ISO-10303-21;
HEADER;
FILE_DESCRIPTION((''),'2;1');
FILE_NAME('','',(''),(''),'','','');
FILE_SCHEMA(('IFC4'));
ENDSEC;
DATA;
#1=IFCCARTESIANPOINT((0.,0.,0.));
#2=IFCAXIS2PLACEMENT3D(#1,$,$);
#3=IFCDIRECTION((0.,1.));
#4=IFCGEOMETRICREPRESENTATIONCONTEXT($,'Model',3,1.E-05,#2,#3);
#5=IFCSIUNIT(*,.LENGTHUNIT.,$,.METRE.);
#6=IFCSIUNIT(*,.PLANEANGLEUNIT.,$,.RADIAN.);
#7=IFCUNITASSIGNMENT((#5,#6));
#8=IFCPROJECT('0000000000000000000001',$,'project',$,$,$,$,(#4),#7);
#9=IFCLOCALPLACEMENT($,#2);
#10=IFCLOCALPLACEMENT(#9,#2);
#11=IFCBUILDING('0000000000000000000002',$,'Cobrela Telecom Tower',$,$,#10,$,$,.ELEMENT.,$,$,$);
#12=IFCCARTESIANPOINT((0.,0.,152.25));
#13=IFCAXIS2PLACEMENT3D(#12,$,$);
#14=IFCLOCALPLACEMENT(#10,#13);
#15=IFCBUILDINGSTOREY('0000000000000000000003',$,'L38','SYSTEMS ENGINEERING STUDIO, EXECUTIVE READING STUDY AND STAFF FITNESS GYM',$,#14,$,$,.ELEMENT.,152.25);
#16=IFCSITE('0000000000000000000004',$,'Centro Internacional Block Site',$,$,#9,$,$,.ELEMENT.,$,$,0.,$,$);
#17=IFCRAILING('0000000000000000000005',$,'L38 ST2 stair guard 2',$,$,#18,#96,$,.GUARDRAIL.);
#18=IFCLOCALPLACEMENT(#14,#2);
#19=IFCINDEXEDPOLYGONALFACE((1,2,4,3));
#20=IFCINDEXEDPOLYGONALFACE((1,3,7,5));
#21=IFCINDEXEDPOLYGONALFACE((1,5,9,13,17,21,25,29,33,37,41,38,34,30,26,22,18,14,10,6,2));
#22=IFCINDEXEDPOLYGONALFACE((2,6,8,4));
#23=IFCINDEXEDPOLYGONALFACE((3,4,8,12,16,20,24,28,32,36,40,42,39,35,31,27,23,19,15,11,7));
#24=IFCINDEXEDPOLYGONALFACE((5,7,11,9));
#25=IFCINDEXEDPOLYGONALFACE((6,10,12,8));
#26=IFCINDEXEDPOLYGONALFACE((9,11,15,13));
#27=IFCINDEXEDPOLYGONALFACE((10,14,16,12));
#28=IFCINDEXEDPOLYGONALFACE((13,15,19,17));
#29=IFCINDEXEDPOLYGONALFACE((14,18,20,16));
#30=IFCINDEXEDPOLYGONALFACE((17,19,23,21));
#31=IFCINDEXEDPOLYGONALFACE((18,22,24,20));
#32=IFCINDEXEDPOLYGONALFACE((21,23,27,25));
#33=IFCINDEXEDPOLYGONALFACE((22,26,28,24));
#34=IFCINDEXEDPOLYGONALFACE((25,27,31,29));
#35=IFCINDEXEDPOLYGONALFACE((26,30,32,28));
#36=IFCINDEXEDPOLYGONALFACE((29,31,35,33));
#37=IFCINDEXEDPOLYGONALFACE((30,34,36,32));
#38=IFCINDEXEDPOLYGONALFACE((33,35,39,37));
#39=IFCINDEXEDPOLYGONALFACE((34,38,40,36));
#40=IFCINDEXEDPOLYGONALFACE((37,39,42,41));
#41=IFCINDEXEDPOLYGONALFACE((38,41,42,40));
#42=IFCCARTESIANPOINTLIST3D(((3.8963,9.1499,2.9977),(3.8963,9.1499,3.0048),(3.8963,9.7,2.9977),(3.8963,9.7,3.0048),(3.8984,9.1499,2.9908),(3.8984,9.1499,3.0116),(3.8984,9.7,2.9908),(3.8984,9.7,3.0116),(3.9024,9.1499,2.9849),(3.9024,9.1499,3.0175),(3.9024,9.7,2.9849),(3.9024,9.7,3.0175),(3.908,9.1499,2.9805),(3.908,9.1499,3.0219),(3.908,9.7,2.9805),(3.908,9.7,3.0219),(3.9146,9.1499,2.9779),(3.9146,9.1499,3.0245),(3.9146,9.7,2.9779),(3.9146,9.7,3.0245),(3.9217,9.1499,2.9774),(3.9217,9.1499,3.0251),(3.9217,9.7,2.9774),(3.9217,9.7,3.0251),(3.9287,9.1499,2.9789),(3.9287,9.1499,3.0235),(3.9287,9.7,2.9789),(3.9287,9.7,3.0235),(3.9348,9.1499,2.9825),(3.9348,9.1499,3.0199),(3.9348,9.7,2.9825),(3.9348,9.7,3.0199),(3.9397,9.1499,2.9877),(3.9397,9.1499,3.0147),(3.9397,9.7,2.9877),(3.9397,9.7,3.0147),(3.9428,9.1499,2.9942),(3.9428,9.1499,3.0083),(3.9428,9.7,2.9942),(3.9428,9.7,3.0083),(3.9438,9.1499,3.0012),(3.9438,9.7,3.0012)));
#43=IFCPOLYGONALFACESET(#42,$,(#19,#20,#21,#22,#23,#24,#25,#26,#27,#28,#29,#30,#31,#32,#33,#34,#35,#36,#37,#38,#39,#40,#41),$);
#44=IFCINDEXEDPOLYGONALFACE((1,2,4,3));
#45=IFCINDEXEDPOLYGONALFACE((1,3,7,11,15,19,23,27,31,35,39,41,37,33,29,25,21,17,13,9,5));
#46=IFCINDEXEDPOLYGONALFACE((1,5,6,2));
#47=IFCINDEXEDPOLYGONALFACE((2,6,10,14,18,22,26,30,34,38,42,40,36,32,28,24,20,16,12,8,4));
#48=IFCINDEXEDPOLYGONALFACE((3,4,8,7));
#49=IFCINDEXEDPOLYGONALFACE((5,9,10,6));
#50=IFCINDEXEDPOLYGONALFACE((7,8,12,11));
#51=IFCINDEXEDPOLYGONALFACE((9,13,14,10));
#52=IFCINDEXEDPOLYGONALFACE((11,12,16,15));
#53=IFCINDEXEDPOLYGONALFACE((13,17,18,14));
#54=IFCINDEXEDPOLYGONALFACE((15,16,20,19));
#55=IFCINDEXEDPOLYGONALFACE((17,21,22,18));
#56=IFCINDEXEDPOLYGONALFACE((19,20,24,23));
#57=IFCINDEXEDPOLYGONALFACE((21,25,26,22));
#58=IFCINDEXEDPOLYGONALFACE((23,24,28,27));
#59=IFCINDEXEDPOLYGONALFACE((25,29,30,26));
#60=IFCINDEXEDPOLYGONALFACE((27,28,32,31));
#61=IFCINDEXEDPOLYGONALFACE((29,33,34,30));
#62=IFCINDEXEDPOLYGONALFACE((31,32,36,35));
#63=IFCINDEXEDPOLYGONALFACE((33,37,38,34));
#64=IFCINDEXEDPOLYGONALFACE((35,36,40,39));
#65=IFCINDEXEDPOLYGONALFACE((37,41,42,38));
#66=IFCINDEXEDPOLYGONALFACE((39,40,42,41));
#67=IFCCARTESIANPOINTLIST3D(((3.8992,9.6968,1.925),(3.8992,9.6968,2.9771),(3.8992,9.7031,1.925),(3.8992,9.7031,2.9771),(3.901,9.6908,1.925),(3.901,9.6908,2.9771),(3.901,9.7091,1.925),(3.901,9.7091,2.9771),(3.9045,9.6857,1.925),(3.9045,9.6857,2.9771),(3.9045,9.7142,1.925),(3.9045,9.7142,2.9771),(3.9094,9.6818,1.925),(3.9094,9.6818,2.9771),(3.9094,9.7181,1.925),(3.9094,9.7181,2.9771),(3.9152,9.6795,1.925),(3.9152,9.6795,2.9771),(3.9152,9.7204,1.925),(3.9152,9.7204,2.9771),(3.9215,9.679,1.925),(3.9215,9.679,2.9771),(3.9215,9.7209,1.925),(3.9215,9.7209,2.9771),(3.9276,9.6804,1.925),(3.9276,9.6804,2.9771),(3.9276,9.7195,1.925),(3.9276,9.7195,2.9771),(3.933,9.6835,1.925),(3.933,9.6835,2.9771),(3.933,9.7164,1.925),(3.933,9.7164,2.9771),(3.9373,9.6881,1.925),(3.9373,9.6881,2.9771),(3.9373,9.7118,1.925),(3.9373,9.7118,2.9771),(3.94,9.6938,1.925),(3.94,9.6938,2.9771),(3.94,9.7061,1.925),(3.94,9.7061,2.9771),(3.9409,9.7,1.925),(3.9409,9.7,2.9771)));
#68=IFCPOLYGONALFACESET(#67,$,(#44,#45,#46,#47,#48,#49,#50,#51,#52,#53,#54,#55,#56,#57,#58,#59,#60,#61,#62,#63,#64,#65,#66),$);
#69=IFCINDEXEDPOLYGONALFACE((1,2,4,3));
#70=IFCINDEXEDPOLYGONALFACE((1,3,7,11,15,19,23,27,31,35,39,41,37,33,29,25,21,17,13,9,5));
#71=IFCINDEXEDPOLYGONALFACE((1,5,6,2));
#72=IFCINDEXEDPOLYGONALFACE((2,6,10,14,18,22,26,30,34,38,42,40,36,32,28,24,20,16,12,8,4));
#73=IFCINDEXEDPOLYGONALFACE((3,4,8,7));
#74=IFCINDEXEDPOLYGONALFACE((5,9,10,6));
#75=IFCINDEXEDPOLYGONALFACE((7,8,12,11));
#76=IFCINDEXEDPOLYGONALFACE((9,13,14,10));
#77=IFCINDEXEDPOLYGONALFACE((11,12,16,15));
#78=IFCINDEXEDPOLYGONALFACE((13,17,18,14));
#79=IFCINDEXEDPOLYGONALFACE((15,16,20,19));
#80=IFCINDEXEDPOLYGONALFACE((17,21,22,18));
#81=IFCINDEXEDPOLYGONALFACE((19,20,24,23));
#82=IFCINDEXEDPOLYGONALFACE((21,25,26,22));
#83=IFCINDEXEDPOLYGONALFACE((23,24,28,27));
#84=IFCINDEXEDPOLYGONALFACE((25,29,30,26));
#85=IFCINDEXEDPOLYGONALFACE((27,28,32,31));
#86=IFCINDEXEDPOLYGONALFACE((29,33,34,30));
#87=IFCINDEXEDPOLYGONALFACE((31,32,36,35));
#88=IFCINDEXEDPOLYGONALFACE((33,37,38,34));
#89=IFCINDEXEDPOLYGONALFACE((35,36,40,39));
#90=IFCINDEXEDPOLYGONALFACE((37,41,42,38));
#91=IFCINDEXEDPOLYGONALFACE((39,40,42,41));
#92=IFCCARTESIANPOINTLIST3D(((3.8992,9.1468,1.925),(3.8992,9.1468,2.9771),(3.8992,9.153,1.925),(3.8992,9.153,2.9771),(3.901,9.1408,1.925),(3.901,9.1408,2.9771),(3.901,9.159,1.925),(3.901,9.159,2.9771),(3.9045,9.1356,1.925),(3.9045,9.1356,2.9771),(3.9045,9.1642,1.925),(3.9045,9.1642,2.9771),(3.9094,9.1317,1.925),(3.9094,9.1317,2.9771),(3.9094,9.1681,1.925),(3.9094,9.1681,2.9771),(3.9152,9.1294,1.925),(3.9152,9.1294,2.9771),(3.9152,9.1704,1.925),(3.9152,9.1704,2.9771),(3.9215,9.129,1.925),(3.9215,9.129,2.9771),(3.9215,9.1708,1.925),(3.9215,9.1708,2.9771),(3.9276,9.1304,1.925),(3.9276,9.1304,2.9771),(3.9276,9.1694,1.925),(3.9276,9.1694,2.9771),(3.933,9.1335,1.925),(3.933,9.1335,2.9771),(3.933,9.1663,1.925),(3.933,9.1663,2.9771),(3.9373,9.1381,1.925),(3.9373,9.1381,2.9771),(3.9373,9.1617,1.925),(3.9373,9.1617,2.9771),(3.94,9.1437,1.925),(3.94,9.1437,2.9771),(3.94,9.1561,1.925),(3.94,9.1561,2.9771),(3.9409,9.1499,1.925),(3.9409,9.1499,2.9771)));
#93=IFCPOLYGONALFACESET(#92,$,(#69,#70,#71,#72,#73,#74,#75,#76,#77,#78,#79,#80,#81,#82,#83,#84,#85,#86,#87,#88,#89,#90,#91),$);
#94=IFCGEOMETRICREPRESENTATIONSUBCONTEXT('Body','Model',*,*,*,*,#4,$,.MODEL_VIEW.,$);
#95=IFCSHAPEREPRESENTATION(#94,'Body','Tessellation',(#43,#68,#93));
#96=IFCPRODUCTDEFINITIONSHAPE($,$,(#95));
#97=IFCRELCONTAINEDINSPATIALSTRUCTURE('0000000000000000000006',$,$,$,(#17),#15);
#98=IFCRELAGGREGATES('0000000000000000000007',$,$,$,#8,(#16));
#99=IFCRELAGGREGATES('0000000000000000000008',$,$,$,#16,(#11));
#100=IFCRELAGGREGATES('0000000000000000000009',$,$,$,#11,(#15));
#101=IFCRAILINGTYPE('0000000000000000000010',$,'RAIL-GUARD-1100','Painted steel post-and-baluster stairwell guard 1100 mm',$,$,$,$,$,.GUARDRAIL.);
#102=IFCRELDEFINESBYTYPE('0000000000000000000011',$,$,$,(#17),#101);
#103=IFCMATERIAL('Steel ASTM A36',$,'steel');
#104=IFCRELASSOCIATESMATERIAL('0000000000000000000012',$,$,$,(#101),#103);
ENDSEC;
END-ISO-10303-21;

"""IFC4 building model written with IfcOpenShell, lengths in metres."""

from ifc_helpers import new_model, si_unit, direction, frame, origin, origin_2d, place, context, subcontext, project, spatial, circle, extrude, material, type_object, element, save


model = new_model("IFC4")

# Units and contexts
model_context = context("Model", 3, precision=1e-05, world=origin(), true_north=direction((0.0, 1.0)))
body_context = subcontext(model_context, "Body", "Model", "MODEL_VIEW")
ifc_project = project(units=[si_unit("LENGTHUNIT", "METRE"), si_unit("PLANEANGLEUNIT", "RADIAN")], contexts=[model_context])

# Site, building, storey
site_placement = place(None, origin())
site = spatial("IfcSite", under=ifc_project, at=site_placement, Name="Centro Internacional Block Site", CompositionType="ELEMENT", RefElevation=0.0)
building_placement = place(site_placement, origin())
building = spatial("IfcBuilding", under=site, at=building_placement, Name="Cobrela Telecom Tower", CompositionType="ELEMENT")
storey_placement = place(building_placement, frame((0.0, 0.0, 152.25)))
storey = spatial("IfcBuildingStorey", under=building, at=storey_placement, Name="L38", Description="SYSTEMS ENGINEERING STUDIO, EXECUTIVE READING STUDY AND STAFF FITNESS GYM", CompositionType="ELEMENT", Elevation=152.25)

# Shared definitions
ifc_material_1 = material(Name="Steel ASTM A36", Category="steel")

# Railing
railing_type_1 = type_object("IfcRailingType", Name="RAIL-GUARD-1100", Description="Painted steel post-and-baluster stairwell guard 1100 mm", PredefinedType="GUARDRAIL", material=ifc_material_1)
railing_1_placement = place(storey_placement, frame((3.9199, 9.7, 1.925)))
element("IfcRailing", 1, at=railing_1_placement, inside=storey, type_object=railing_type_1, Name="L38 ST2 stair guard 2", PredefinedType="GUARDRAIL", context=body_context, shape_type="SweptSolid", body=[
    extrude(circle(Radius=0.0239, at=origin_2d()), frame((0.0, 0.0, 1.0762), z_axis=(0.0, -1.0, 0.0), x_axis=(1.0, 0.0, 0.0)), (0.0, 0.0, 1.0), 0.55),
    extrude(circle(Radius=0.021, at=origin_2d()), origin(), (0.0, 0.0, 1.0), 1.052),
    extrude(circle(Radius=0.021, at=origin_2d()), frame((0.0, -0.55, 0.0)), (0.0, 0.0, 1.0), 1.052),
])

save(model, "model.ifc")
